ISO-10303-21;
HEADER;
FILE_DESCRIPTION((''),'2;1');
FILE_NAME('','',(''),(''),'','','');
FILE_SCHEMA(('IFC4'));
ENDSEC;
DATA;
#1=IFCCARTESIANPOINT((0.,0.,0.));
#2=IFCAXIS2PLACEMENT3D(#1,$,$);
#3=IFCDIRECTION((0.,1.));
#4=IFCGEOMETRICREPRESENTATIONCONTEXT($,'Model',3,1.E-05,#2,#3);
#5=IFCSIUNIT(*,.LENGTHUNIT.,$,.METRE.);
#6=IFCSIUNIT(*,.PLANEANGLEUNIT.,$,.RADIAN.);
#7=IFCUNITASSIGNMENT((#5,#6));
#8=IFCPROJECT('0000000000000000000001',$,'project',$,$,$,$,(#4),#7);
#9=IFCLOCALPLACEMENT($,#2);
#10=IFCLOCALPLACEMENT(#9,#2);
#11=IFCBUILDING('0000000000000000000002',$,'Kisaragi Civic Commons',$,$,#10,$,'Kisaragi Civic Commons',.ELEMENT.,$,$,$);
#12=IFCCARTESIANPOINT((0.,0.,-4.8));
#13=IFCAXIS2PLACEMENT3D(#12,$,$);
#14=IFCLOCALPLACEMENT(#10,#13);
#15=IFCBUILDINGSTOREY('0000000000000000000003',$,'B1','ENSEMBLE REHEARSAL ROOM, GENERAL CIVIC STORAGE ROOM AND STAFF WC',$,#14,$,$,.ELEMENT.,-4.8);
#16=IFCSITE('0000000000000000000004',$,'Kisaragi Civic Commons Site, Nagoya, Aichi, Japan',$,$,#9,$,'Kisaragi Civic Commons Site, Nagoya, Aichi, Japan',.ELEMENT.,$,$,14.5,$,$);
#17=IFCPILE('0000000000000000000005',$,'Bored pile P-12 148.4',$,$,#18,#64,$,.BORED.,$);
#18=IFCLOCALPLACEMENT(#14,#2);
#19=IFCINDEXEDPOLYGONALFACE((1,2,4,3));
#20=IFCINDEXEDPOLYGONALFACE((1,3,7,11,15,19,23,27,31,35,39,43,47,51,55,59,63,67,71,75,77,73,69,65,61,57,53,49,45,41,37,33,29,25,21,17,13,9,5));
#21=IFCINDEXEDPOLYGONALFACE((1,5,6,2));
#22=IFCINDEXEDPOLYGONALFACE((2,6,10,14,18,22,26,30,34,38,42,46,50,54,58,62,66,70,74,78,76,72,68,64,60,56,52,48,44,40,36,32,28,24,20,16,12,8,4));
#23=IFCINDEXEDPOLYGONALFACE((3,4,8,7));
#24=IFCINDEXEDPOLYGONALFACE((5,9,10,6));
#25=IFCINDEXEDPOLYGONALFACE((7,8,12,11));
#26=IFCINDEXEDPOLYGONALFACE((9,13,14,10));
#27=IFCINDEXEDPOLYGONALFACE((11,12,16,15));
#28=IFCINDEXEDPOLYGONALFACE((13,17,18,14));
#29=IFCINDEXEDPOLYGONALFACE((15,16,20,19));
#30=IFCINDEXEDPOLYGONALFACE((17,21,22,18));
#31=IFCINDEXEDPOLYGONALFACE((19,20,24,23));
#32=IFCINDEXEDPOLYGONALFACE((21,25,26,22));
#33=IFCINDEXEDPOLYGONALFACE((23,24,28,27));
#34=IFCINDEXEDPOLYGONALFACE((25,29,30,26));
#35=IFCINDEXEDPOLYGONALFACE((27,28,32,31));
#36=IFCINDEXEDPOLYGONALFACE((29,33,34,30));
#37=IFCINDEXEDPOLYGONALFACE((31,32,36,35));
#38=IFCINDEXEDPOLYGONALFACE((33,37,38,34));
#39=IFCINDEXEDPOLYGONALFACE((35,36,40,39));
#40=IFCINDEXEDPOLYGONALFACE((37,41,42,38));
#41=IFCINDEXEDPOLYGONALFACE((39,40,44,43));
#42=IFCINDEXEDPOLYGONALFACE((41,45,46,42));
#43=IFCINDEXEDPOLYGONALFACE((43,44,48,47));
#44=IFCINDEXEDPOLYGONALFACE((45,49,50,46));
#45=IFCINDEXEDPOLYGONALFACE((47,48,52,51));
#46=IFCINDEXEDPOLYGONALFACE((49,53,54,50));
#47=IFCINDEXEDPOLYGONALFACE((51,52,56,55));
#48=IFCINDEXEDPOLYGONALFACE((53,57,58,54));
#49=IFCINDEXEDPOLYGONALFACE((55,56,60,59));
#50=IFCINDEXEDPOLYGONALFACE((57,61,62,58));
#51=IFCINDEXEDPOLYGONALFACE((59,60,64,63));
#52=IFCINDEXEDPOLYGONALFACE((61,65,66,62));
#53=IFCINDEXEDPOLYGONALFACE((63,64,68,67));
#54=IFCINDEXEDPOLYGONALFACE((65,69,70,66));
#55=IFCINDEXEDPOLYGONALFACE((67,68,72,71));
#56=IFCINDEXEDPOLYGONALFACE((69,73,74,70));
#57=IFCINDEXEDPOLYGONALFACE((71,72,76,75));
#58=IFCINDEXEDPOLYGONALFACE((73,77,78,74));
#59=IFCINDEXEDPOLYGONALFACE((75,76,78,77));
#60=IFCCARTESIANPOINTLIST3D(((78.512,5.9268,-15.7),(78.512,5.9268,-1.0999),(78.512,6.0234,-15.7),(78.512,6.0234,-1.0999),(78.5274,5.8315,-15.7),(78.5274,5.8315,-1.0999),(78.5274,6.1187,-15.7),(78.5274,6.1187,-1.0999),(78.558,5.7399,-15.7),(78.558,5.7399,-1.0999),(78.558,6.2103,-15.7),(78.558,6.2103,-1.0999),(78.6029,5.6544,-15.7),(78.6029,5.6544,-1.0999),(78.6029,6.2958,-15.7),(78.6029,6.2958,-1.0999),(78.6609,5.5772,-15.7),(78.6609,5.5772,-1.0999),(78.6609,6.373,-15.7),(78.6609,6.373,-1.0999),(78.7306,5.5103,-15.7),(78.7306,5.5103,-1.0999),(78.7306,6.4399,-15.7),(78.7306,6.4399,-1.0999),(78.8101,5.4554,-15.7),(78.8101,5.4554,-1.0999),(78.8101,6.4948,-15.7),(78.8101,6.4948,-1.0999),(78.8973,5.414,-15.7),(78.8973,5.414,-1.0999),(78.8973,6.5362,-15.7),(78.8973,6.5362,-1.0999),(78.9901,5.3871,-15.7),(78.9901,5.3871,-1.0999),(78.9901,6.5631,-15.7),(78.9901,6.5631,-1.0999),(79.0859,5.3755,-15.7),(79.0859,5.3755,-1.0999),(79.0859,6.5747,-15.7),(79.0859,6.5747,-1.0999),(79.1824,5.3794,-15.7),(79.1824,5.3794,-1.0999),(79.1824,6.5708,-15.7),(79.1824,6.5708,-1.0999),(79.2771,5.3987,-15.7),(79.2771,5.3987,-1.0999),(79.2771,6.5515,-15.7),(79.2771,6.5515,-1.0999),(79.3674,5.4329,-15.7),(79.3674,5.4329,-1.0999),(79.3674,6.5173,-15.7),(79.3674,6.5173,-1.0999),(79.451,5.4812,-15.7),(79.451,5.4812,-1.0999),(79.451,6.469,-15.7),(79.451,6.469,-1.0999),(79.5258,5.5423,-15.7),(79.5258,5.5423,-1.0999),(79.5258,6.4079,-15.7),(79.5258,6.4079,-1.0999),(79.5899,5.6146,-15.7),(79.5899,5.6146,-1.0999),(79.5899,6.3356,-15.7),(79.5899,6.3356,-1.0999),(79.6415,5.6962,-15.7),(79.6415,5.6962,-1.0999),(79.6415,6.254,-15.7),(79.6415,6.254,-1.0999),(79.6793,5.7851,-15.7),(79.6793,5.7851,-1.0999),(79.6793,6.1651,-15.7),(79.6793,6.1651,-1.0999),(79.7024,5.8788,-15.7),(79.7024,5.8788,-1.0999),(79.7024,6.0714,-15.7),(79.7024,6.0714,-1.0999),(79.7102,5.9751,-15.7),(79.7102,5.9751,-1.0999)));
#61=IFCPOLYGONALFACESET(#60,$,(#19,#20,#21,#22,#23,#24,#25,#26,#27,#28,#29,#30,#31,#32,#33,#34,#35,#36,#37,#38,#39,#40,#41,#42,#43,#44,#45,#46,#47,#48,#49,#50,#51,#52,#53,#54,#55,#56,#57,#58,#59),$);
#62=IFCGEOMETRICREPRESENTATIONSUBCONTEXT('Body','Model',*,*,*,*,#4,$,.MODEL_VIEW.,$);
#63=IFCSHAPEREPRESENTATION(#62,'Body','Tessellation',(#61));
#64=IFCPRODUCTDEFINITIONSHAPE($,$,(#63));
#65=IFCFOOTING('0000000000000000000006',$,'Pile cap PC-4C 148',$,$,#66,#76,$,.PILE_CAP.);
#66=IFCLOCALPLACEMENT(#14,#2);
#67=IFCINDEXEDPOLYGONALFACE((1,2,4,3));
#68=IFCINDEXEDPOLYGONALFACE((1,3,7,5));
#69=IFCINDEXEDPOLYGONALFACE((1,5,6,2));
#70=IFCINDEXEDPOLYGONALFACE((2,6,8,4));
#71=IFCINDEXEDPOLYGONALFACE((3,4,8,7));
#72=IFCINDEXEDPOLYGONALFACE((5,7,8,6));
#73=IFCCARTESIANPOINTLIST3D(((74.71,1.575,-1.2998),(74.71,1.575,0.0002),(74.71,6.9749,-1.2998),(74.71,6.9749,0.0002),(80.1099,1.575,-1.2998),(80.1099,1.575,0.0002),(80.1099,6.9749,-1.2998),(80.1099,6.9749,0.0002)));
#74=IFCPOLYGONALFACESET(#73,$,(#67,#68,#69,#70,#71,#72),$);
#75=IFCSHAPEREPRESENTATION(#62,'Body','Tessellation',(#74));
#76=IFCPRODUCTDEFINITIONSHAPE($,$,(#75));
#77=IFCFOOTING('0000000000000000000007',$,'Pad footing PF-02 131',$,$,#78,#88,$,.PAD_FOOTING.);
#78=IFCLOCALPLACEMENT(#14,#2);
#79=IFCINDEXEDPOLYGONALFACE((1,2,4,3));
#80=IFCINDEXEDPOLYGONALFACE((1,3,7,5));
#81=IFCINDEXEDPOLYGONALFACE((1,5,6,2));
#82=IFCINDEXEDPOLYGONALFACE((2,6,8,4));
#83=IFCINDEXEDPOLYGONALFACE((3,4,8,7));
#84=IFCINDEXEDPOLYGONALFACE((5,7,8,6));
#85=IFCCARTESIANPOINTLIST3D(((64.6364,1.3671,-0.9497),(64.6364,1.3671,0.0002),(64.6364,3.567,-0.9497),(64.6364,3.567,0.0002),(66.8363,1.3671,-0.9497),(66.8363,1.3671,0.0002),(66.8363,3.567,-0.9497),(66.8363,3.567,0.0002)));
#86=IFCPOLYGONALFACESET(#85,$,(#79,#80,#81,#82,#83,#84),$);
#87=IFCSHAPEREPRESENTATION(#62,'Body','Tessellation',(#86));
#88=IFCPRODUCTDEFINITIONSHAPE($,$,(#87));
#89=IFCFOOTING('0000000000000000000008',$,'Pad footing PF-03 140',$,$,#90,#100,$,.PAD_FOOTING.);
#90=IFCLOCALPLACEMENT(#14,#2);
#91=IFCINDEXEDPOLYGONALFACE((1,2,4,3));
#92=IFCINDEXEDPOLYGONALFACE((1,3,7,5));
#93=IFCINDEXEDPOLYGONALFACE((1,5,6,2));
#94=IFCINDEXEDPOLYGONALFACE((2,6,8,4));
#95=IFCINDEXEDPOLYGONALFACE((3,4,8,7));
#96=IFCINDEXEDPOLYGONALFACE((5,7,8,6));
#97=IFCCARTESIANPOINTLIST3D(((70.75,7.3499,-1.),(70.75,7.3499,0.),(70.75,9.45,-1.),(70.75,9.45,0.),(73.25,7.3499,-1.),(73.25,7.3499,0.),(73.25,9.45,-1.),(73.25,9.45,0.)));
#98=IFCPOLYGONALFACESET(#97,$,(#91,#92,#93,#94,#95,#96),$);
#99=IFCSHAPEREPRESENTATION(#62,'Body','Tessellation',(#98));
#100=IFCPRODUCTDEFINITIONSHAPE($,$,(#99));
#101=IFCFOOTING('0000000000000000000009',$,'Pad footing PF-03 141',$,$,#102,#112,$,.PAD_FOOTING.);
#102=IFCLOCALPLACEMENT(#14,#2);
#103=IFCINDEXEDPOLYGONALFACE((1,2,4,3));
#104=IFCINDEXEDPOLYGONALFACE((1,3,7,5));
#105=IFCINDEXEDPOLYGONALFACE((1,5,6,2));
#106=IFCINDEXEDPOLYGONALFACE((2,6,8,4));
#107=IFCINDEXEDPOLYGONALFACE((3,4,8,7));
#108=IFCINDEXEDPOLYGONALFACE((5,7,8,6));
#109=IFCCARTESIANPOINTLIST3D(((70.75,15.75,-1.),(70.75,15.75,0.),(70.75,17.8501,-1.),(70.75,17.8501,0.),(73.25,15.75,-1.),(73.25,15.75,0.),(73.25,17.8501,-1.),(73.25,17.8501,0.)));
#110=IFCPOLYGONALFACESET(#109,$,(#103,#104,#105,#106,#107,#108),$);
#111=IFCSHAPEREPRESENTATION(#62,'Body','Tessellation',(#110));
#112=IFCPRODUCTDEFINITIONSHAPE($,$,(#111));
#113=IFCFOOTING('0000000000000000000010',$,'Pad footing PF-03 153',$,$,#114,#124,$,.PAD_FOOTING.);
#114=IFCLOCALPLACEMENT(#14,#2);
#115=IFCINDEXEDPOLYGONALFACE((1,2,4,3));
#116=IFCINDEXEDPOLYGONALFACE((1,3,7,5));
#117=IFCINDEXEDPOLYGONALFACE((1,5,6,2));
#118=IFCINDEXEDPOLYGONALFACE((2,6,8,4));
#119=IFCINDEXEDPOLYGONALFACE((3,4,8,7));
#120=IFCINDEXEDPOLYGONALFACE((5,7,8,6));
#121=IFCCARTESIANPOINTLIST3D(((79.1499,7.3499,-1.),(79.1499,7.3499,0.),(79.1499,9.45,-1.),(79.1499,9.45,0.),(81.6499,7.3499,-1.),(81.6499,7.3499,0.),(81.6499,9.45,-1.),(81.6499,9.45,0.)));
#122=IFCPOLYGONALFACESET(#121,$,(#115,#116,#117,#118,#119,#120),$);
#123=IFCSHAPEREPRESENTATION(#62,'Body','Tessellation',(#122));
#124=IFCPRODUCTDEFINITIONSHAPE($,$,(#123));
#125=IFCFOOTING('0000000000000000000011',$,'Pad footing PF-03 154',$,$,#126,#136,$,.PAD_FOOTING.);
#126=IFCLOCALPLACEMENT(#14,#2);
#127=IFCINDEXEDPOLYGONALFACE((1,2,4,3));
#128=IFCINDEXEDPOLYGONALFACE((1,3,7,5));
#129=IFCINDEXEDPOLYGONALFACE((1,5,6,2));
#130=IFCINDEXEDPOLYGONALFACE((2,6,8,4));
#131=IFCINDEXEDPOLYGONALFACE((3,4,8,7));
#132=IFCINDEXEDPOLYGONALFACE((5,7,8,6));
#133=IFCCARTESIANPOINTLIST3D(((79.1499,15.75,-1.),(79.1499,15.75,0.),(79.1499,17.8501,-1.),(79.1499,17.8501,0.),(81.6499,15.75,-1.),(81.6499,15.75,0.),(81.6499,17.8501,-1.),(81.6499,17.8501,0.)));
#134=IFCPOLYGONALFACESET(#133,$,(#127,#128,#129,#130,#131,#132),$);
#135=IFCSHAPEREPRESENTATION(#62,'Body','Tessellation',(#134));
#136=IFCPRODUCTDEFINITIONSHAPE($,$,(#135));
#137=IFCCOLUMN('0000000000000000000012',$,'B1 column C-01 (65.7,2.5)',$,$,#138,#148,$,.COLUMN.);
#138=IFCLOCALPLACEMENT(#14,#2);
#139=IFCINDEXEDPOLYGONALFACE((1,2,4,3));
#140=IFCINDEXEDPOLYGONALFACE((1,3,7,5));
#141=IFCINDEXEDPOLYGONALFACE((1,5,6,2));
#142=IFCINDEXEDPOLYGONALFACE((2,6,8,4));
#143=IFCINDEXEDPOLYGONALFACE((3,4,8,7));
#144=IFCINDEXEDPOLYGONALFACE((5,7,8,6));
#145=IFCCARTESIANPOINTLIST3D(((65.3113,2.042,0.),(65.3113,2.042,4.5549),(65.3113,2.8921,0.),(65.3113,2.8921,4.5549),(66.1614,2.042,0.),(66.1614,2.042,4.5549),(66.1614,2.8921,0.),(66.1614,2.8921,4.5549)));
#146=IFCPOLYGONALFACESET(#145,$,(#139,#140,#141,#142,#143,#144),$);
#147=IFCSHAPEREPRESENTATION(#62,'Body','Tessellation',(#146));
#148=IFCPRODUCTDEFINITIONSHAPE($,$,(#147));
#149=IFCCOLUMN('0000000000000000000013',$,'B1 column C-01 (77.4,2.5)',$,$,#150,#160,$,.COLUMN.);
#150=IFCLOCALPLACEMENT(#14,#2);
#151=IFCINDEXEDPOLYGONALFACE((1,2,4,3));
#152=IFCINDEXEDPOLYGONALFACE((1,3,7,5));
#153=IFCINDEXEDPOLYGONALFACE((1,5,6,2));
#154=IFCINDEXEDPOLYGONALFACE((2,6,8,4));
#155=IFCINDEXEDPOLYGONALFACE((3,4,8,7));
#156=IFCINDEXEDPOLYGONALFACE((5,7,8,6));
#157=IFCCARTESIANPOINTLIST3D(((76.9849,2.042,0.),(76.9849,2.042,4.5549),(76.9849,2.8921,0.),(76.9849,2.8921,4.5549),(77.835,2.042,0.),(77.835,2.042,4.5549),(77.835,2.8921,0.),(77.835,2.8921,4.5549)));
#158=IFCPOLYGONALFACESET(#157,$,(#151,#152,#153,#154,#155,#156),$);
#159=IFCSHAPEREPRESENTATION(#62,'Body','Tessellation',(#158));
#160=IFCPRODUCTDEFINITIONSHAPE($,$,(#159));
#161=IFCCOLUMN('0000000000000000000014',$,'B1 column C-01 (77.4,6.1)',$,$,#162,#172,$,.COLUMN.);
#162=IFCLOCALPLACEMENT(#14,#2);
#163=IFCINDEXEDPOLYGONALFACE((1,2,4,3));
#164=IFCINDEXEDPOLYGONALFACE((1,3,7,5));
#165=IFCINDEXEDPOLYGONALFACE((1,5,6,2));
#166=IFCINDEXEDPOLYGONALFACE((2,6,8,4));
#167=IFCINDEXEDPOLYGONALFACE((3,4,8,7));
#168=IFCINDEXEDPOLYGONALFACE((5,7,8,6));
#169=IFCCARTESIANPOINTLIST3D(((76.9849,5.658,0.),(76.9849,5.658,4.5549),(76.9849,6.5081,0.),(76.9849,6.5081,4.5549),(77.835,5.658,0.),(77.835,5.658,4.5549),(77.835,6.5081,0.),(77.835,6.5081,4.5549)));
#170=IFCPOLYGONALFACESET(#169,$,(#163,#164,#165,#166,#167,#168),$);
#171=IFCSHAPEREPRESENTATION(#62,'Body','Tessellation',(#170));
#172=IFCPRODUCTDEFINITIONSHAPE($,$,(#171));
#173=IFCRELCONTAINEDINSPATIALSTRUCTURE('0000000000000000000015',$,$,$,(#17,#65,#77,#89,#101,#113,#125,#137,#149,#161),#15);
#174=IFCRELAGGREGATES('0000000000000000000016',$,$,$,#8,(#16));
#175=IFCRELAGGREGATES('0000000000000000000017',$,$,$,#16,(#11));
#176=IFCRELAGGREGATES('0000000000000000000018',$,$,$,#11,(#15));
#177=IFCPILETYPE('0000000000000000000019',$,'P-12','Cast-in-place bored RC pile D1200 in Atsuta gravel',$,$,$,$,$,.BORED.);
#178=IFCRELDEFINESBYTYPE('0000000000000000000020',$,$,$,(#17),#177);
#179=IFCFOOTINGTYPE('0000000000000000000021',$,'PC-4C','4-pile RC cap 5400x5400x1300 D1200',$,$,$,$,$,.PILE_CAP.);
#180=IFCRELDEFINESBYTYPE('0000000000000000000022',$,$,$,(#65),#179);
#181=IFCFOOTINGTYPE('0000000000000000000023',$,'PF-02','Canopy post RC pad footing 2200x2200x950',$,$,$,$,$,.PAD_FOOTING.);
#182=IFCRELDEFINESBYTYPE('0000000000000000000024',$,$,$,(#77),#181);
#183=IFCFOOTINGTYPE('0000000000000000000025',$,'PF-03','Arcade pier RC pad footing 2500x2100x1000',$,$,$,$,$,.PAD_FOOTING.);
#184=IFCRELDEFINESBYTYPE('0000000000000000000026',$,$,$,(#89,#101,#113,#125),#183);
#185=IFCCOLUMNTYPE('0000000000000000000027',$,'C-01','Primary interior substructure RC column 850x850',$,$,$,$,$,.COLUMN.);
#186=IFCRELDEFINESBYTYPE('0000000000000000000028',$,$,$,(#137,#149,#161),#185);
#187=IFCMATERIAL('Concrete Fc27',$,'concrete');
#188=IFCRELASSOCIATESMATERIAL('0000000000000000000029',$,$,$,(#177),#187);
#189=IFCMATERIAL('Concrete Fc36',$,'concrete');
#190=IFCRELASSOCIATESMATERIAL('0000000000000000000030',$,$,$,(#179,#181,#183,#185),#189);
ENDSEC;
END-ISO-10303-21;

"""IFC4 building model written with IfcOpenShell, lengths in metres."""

from ifc_helpers import new_model, si_unit, direction, frame, origin, origin_2d, place, context, subcontext, project, spatial, rectangle, circle, extrude, material, material_profile, profile_set, type_object, element, save


model = new_model("IFC4")

# Units and contexts
model_context = context("Model", 3, precision=1e-05, world=origin(), true_north=direction((0.0, 1.0)))
body_context = subcontext(model_context, "Body", "Model", "MODEL_VIEW")
ifc_project = project(units=[si_unit("LENGTHUNIT", "METRE"), si_unit("PLANEANGLEUNIT", "RADIAN")], contexts=[model_context])

# Site, building, storey
site_placement = place(None, origin())
site = spatial("IfcSite", under=ifc_project, at=site_placement, Name="Kisaragi Civic Commons Site, Nagoya, Aichi, Japan", LongName="Kisaragi Civic Commons Site, Nagoya, Aichi, Japan", CompositionType="ELEMENT", RefElevation=14.5)
building_placement = place(site_placement, origin())
building = spatial("IfcBuilding", under=site, at=building_placement, Name="Kisaragi Civic Commons", LongName="Kisaragi Civic Commons", CompositionType="ELEMENT")
storey_placement = place(building_placement, frame((0.0, 0.0, -4.8)))
storey = spatial("IfcBuildingStorey", under=building, at=storey_placement, Name="B1", Description="ENSEMBLE REHEARSAL ROOM, GENERAL CIVIC STORAGE ROOM AND STAFF WC", CompositionType="ELEMENT", Elevation=-4.8)

# Shared definitions
ifc_material_1 = material(Name="Concrete Fc27", Category="concrete")

# Pile
ifc_material_profile_1 = material_profile(ifc_material_1, circle(Radius=0.6001, at=origin_2d()), Name="PILE-D1200", Category="concrete")
ifc_profile_set_1 = profile_set([ifc_material_profile_1], Name="Concrete Fc27")
pile_type = type_object("IfcPileType", Name="P-12", Description="Cast-in-place bored RC pile D1200 in Atsuta gravel", PredefinedType="BORED", material=ifc_profile_set_1)
for number, where, z_axis, x_axis, name in (
    (1, (79.1101, 5.9751, -1.0999), (0.0, 0.0, -1.0), (1.0, 0.0, 0.0), "Bored pile P-12 148.4"),
):
    element("IfcPile", number, at=place(storey_placement, frame(where, z_axis=z_axis, x_axis=x_axis)), inside=storey, type_object=pile_type, Name=name, PredefinedType="BORED", context=body_context, shape_type="SweptSolid", body=[
        extrude(circle(Radius=0.6001, at=origin_2d()), origin(), (0.0, 0.0, 1.0), 14.6001),
    ])

# Footings
ifc_material_2 = material(Name="Concrete Fc36", Category="concrete")
footing_type_1 = type_object("IfcFootingType", Name="PC-4C", Description="4-pile RC cap 5400x5400x1300 D1200", PredefinedType="PILE_CAP", material=ifc_material_2)
footing_1_placement = place(storey_placement, frame((77.4099, 4.2749, -1.2998), z_axis=(0.0, 0.0, 1.0), x_axis=(1.0, 0.0, 0.0)))
element("IfcFooting", 2, at=footing_1_placement, inside=storey, type_object=footing_type_1, Name="Pile cap PC-4C 148", PredefinedType="PILE_CAP", context=body_context, shape_type="SweptSolid", body=[
    extrude(rectangle(XDim=5.3999, YDim=5.3999, at=origin_2d()), origin(), (0.0, 0.0, 1.0), 1.3),
])
footing_type_2 = type_object("IfcFootingType", Name="PF-02", Description="Canopy post RC pad footing 2200x2200x950", PredefinedType="PAD_FOOTING", material=ifc_material_2)
footing_2_placement = place(storey_placement, frame((65.7363, 2.467, -0.9497), z_axis=(0.0, 0.0, 1.0), x_axis=(1.0, 0.0, 0.0)))
element("IfcFooting", 3, at=footing_2_placement, inside=storey, type_object=footing_type_2, Name="Pad footing PF-02 131", PredefinedType="PAD_FOOTING", context=body_context, shape_type="SweptSolid", body=[
    extrude(rectangle(XDim=2.2, YDim=2.2, at=origin_2d()), origin(), (0.0, 0.0, 1.0), 0.95),
])
footing_type_3 = type_object("IfcFootingType", Name="PF-03", Description="Arcade pier RC pad footing 2500x2100x1000", PredefinedType="PAD_FOOTING", material=ifc_material_2)
for number, where, z_axis, x_axis, name in (
    (4, (72.0, 8.3999, -1.0), (0.0, 0.0, 1.0), (1.0, 0.0, 0.0), "Pad footing PF-03 140"),
    (5, (72.0, 16.8, -1.0), (0.0, 0.0, 1.0), (1.0, 0.0, 0.0), "Pad footing PF-03 141"),
    (6, (80.3999, 8.3999, -1.0), (0.0, 0.0, 1.0), (1.0, 0.0, 0.0), "Pad footing PF-03 153"),
    (7, (80.3999, 16.8, -1.0), (0.0, 0.0, 1.0), (1.0, 0.0, 0.0), "Pad footing PF-03 154"),
):
    element("IfcFooting", number, at=place(storey_placement, frame(where, z_axis=z_axis, x_axis=x_axis)), inside=storey, type_object=footing_type_3, Name=name, PredefinedType="PAD_FOOTING", context=body_context, shape_type="SweptSolid", body=[
        extrude(rectangle(XDim=2.5, YDim=2.1001, at=origin_2d()), origin(), (0.0, 0.0, 1.0), 1.0),
    ])

# Columns
ifc_material_profile_2 = material_profile(ifc_material_2, rectangle(XDim=0.8501, YDim=0.8501, at=origin_2d()), Name="RC-850x850", Category="concrete")
ifc_profile_set_2 = profile_set([ifc_material_profile_2], Name="Concrete Fc36")
column_type_1 = type_object("IfcColumnType", Name="C-01", Description="Primary interior substructure RC column 850x850", PredefinedType="COLUMN", material=ifc_profile_set_2)
for number, where, z_axis, x_axis, name in (
    (8, (65.7363, 2.467, 0.0), (0.0, 0.0, 1.0), (1.0, 0.0, 0.0), "B1 column C-01 (65.7,2.5)"),
    (9, (77.4099, 2.467, 0.0), (0.0, 0.0, 1.0), (1.0, 0.0, 0.0), "B1 column C-01 (77.4,2.5)"),
    (10, (77.4099, 6.083, 0.0), (0.0, 0.0, 1.0), (1.0, 0.0, 0.0), "B1 column C-01 (77.4,6.1)"),
):
    element("IfcColumn", number, at=place(storey_placement, frame(where, z_axis=z_axis, x_axis=x_axis)), inside=storey, type_object=column_type_1, Name=name, PredefinedType="COLUMN", context=body_context, shape_type="SweptSolid", body=[
        extrude(rectangle(XDim=0.8501, YDim=0.8501, at=origin_2d()), origin(), (0.0, 0.0, 1.0), 4.5549),
    ])

save(model, "model.ifc")
